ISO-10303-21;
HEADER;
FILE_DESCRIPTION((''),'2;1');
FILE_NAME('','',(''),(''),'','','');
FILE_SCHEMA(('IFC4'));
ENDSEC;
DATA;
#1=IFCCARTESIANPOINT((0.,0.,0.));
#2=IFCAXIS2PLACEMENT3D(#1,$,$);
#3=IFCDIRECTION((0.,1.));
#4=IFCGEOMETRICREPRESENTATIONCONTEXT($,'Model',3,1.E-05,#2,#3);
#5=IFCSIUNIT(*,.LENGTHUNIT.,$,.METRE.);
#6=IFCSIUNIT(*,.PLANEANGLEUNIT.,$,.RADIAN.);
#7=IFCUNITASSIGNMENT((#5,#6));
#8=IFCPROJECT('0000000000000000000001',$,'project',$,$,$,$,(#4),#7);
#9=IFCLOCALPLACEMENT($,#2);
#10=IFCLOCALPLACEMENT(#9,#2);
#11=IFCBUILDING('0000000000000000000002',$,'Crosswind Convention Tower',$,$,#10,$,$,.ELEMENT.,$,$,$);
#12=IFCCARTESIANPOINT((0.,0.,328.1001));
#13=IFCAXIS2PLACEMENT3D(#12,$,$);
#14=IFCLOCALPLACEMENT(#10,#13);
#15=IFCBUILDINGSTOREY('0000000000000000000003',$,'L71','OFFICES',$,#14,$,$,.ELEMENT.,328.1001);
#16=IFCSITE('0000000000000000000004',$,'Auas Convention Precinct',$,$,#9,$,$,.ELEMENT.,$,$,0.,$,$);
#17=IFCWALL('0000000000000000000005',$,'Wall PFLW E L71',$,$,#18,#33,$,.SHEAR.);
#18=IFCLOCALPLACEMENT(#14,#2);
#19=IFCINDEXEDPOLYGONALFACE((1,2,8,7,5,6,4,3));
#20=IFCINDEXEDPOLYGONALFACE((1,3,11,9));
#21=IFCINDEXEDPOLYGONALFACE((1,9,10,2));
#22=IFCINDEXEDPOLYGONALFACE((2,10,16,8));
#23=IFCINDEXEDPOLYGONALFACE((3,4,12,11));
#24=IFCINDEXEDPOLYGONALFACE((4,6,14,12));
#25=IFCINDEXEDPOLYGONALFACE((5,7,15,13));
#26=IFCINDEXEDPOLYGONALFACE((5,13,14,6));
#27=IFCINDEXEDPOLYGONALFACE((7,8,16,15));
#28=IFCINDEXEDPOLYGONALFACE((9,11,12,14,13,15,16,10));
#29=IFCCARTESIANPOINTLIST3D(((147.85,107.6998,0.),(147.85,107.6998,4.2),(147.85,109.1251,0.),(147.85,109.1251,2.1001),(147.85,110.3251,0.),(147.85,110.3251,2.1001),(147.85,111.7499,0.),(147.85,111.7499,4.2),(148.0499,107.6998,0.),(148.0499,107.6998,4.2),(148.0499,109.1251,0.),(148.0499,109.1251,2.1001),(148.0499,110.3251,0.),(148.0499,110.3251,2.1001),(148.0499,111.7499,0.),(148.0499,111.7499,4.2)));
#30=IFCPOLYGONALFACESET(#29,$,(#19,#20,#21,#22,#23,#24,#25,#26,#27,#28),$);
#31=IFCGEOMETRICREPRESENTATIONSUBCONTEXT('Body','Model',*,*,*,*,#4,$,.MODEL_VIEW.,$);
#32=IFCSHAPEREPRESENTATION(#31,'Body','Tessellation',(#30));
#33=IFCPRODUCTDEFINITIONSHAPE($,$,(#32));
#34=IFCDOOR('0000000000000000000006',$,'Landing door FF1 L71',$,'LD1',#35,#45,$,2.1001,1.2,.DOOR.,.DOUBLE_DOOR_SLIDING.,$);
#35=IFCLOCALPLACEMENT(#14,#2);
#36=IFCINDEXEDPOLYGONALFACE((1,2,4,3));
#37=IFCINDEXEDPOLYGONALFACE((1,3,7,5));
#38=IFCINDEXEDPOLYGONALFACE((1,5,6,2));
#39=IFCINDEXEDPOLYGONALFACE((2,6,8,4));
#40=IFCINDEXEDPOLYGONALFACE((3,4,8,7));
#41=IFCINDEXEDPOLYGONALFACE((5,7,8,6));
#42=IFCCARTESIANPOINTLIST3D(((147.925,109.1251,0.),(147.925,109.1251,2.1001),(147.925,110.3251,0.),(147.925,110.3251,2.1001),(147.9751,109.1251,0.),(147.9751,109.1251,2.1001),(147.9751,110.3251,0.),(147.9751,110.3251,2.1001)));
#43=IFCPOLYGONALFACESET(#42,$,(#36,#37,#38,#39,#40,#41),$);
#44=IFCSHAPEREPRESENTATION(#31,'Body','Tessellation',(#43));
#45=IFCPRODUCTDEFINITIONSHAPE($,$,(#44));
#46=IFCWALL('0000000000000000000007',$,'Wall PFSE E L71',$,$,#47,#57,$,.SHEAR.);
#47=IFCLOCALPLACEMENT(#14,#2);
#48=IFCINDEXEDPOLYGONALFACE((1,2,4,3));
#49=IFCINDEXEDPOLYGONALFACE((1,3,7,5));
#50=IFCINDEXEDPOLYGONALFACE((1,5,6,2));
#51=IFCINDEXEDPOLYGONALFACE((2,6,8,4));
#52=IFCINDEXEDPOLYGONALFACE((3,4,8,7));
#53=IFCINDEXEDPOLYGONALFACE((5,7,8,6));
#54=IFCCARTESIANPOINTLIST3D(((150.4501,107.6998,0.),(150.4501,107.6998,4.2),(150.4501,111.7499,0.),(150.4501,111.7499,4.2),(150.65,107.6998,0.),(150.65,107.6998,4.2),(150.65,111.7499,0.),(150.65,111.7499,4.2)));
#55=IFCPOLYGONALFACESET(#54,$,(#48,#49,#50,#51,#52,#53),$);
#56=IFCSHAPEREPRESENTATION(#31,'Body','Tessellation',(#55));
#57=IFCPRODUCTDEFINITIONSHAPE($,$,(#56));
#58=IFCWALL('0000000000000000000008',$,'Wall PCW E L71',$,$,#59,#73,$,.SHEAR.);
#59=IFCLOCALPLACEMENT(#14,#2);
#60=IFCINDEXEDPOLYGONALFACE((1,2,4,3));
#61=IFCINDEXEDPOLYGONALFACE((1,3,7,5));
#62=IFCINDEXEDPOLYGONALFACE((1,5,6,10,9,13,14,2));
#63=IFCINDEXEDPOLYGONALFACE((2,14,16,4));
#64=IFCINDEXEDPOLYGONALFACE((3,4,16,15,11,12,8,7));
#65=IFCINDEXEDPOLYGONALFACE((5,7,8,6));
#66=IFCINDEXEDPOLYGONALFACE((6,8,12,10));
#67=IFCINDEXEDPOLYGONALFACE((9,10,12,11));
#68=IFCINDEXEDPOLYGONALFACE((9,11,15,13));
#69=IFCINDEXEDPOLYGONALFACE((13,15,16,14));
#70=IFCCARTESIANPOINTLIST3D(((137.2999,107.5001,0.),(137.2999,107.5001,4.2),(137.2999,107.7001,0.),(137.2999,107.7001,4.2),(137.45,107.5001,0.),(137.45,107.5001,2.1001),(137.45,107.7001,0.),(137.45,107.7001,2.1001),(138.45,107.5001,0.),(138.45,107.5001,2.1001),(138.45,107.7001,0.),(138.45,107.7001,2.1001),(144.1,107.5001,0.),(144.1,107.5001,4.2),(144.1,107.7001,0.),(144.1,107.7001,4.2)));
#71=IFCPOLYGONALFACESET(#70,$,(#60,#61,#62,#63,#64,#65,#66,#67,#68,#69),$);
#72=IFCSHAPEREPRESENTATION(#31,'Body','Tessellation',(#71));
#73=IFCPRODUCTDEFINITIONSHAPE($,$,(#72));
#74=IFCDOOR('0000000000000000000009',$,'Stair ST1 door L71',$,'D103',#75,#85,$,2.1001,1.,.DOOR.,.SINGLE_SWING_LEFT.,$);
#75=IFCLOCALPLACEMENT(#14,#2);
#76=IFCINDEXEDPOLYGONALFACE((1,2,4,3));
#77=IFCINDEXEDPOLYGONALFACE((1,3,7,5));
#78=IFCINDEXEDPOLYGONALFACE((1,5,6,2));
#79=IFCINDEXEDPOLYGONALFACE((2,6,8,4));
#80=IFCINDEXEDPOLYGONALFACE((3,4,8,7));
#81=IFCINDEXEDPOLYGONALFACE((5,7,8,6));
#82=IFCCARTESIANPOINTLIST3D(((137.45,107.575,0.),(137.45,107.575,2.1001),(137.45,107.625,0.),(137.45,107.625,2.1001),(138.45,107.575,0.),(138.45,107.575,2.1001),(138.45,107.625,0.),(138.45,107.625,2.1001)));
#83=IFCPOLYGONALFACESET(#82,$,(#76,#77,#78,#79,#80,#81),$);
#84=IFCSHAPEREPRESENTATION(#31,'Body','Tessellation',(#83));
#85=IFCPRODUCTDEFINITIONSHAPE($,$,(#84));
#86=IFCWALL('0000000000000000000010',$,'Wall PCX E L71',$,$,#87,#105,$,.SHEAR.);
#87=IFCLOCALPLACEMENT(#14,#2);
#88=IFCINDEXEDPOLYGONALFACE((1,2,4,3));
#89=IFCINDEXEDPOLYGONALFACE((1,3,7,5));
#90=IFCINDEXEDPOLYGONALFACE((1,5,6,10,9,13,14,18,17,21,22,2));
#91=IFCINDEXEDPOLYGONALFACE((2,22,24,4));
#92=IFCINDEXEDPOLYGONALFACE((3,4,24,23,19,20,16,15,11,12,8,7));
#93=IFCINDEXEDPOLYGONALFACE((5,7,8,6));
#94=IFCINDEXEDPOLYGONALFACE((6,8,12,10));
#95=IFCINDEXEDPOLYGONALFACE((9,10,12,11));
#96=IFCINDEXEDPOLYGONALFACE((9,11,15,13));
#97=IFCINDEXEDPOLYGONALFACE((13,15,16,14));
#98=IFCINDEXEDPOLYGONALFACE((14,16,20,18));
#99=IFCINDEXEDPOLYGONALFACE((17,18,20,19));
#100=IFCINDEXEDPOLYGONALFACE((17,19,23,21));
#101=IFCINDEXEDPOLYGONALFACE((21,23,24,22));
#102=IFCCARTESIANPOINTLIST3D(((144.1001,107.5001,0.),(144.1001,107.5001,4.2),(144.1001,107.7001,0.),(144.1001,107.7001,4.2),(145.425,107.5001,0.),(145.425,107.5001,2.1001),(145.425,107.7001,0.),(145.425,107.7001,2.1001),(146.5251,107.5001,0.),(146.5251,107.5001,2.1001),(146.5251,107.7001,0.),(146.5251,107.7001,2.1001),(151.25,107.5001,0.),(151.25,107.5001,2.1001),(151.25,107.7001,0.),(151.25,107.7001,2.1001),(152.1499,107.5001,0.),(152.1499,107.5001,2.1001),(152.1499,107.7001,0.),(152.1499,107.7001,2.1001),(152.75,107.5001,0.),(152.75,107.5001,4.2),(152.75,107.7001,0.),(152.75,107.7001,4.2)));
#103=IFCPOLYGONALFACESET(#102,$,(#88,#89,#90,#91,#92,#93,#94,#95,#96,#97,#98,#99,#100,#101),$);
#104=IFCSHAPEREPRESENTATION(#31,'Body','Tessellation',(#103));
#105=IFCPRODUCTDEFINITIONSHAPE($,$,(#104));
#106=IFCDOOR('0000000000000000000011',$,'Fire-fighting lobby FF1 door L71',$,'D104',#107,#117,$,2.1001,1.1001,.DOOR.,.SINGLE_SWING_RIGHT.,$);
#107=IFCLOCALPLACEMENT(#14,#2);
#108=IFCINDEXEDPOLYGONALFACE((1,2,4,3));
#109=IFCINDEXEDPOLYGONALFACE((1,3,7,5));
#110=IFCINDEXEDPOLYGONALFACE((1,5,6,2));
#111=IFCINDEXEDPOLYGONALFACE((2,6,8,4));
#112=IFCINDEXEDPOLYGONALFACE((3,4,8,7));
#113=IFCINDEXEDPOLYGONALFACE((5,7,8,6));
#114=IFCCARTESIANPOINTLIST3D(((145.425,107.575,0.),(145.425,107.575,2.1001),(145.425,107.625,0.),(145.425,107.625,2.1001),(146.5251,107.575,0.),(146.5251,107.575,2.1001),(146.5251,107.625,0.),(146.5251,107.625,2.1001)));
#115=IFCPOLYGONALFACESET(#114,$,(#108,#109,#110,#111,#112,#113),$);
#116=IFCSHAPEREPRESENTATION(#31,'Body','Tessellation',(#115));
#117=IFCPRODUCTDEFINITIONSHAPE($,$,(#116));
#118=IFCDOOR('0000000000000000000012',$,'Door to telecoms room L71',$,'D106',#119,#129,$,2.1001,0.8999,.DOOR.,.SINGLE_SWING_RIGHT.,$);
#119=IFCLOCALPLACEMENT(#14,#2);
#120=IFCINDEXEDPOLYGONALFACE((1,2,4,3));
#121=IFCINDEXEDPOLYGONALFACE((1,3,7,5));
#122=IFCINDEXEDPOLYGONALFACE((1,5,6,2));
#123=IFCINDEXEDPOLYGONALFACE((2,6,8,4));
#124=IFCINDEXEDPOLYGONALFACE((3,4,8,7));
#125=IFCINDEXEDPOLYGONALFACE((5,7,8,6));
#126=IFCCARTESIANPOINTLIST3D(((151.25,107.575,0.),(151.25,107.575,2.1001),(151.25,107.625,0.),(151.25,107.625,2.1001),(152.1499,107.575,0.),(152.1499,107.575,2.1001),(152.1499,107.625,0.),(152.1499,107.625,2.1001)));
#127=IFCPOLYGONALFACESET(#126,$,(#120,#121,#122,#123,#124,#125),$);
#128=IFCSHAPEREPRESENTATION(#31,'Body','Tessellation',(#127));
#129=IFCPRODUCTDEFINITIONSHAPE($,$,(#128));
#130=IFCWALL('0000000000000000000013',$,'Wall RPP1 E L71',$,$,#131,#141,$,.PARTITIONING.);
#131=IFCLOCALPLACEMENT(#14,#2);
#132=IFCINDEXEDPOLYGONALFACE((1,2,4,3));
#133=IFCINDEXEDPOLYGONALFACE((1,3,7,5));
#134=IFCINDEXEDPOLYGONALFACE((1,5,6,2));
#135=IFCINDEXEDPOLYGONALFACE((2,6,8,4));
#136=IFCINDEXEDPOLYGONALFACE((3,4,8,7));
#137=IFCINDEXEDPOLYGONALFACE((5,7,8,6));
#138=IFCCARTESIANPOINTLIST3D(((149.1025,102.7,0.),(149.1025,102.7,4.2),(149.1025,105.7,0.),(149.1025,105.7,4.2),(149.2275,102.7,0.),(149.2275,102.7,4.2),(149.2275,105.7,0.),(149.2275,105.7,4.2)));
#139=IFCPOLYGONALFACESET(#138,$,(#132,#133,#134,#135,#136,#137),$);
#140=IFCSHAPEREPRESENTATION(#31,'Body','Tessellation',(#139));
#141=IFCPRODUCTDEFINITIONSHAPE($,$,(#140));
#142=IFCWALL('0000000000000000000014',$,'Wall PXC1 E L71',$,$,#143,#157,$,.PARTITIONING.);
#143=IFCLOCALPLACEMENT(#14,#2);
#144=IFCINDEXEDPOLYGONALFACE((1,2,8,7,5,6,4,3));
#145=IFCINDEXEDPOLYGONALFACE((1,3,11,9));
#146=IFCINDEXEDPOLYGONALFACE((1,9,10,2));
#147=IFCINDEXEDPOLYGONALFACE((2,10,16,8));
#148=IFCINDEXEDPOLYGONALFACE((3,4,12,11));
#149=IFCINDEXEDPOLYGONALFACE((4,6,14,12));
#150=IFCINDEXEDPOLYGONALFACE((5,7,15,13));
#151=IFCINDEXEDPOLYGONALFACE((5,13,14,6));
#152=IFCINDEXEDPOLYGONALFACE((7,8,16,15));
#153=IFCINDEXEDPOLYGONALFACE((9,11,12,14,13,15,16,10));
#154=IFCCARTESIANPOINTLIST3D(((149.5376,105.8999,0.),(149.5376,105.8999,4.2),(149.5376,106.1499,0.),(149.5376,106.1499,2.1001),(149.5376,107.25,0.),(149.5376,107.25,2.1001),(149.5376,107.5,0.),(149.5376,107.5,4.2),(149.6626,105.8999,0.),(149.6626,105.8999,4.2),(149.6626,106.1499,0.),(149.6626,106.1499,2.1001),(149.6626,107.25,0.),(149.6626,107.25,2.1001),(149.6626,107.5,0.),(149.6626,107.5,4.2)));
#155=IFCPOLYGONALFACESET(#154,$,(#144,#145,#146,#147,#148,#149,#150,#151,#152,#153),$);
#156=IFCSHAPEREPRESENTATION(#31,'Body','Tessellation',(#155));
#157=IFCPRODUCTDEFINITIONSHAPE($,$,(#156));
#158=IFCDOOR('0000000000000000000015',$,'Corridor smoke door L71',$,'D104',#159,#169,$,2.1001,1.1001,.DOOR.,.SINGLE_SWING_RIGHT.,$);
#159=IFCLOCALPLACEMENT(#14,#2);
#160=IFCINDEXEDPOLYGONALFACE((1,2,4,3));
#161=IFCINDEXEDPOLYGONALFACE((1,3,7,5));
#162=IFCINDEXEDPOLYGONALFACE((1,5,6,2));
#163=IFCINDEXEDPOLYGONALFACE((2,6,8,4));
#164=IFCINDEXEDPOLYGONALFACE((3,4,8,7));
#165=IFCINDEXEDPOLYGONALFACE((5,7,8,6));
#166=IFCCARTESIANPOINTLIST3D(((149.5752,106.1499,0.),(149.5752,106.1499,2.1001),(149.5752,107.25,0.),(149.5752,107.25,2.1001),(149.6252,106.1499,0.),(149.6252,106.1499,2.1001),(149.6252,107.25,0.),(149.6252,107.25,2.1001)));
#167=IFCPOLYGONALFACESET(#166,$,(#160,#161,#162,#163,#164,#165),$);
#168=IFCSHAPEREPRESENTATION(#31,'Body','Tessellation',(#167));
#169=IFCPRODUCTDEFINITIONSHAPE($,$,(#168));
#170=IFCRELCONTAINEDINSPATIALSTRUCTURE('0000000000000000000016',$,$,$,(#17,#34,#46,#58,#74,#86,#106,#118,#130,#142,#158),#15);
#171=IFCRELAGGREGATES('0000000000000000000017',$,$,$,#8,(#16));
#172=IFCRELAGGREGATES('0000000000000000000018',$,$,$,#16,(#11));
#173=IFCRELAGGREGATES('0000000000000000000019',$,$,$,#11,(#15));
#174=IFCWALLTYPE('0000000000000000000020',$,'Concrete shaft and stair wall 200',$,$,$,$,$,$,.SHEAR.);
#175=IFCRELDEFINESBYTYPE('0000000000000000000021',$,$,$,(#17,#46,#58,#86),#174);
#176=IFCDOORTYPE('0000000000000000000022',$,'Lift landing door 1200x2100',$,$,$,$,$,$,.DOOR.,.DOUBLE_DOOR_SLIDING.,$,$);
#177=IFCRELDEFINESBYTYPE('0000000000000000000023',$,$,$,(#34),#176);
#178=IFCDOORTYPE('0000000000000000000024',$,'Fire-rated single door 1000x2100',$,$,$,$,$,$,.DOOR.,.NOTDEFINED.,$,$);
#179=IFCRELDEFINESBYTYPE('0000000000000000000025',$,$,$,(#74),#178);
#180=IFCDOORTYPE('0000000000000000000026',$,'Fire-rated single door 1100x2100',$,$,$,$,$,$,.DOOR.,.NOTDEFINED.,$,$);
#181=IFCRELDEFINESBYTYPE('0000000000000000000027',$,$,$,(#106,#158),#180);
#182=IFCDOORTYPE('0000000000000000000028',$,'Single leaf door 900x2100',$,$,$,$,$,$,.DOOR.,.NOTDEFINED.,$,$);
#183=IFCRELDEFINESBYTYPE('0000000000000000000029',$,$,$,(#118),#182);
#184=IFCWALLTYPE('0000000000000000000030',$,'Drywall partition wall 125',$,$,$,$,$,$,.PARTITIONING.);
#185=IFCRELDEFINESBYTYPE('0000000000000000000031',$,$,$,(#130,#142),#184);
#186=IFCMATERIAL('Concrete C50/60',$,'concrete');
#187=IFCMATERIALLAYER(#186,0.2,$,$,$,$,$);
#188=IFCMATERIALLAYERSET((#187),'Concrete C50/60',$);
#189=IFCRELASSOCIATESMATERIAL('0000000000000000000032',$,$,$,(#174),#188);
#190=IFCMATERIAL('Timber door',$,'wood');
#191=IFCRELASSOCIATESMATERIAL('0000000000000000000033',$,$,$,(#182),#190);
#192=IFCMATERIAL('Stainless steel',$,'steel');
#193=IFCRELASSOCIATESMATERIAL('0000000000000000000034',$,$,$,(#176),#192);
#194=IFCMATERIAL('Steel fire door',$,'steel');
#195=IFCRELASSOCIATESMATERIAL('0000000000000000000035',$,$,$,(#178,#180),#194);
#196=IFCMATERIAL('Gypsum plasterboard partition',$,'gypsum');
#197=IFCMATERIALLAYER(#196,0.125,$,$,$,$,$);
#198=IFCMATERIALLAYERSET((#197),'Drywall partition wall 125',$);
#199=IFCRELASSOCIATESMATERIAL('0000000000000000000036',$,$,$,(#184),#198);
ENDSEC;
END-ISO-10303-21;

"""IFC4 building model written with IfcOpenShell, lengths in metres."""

from ifc_helpers import new_model, si_unit, direction, frame, frame_2d, origin, place, context, subcontext, project, spatial, rectangle, extrude, material, layer, layer_set, type_object, element, fill, save


model = new_model("IFC4")

# Units and contexts
model_context = context("Model", 3, precision=1e-05, world=origin(), true_north=direction((0.0, 1.0)))
body_context = subcontext(model_context, "Body", "Model", "MODEL_VIEW")
ifc_project = project(units=[si_unit("LENGTHUNIT", "METRE"), si_unit("PLANEANGLEUNIT", "RADIAN")], contexts=[model_context])

# Site, building, storey
site_placement = place(None, origin())
site = spatial("IfcSite", under=ifc_project, at=site_placement, Name="Auas Convention Precinct", CompositionType="ELEMENT", RefElevation=0.0)
building_placement = place(site_placement, origin())
building = spatial("IfcBuilding", under=site, at=building_placement, Name="Crosswind Convention Tower", CompositionType="ELEMENT")
storey_placement = place(building_placement, frame((0.0, 0.0, 328.1001)))
storey = spatial("IfcBuildingStorey", under=building, at=storey_placement, Name="L71", Description="OFFICES", CompositionType="ELEMENT", Elevation=328.1001)

# Shared definitions
ifc_material_1 = material(Name="Concrete C50/60", Category="concrete")
ifc_layer_1 = layer(ifc_material_1, 0.2)
ifc_layer_set_1 = layer_set([ifc_layer_1], Name="Concrete C50/60")
wall_type_1 = type_object("IfcWallType", Name="Concrete shaft and stair wall 200", PredefinedType="SHEAR", material=ifc_layer_set_1)

# Shared definitions
ifc_material_2 = material(Name="Timber door", Category="wood")
door_type_1 = type_object("IfcDoorType", Name="Single leaf door 900x2100", OperationType="NOTDEFINED", PredefinedType="DOOR", material=ifc_material_2)

# Wall, opening, door
wall_1_placement = place(storey_placement, frame((147.95, 107.7, 0.0), z_axis=(0.0, 0.0, 1.0), x_axis=(0.0, 1.0, 0.0)))
wall_1 = element("IfcWall", 1, at=wall_1_placement, inside=storey, type_object=wall_type_1, Name="Wall PFLW E L71", PredefinedType="SHEAR", context=body_context, shape_type="SweptSolid", body=[
    extrude(rectangle(XDim=4.05, YDim=0.2, at=frame_2d((2.0249, 0.0))), origin(), (0.0, 0.0, 1.0), 4.2),
])
opening_1_placement = place(wall_1_placement, frame((1.425, 0.0, 0.0)))
opening_1 = element("IfcOpeningElement", 2, at=opening_1_placement, cuts=wall_1, PredefinedType="OPENING", context=body_context, shape_type="SweptSolid", body=[
    extrude(rectangle(XDim=1.2, YDim=2.1001, at=frame_2d((0.6001, 1.05))), frame((0.0, 0.1099, 0.0), z_axis=(0.0, -1.0, 0.0), x_axis=(1.0, 0.0, 0.0)), (0.0, 0.0, 1.0), 0.22),
])
ifc_material_3 = material(Name="Stainless steel", Category="steel")
door_type_2 = type_object("IfcDoorType", Name="Lift landing door 1200x2100", OperationType="DOUBLE_DOOR_SLIDING", PredefinedType="DOOR", material=ifc_material_3)
door_1_placement = place(opening_1_placement, origin())
door_1 = element("IfcDoor", 3, at=door_1_placement, inside=storey, type_object=door_type_2, Name="Landing door FF1 L71", ObjectType="LD1", OperationType="DOUBLE_DOOR_SLIDING", OverallHeight=2.1001, OverallWidth=1.2, PredefinedType="DOOR", context=body_context, shape_type="SweptSolid", body=[
    extrude(rectangle(XDim=1.2, YDim=2.1001, at=frame_2d((0.6001, 1.05))), frame((0.0, 0.0249, 0.0), z_axis=(0.0, -1.0, 0.0), x_axis=(1.0, 0.0, 0.0)), (0.0, 0.0, 1.0), 0.05),
])
fill(opening_1, door_1)

# Wall
wall_2_placement = place(storey_placement, frame((150.55, 107.7, 0.0), z_axis=(0.0, 0.0, 1.0), x_axis=(0.0, 1.0, 0.0)))
element("IfcWall", 4, at=wall_2_placement, inside=storey, type_object=wall_type_1, Name="Wall PFSE E L71", PredefinedType="SHEAR", context=body_context, shape_type="SweptSolid", body=[
    extrude(rectangle(XDim=4.05, YDim=0.2, at=frame_2d((2.0249, 0.0))), origin(), (0.0, 0.0, 1.0), 4.2),
])

# Wall, opening, door
wall_3_placement = place(storey_placement, frame((137.3, 107.6001, 0.0), z_axis=(0.0, 0.0, 1.0), x_axis=(1.0, 0.0, 0.0)))
wall_3 = element("IfcWall", 5, at=wall_3_placement, inside=storey, type_object=wall_type_1, Name="Wall PCW E L71", PredefinedType="SHEAR", context=body_context, shape_type="SweptSolid", body=[
    extrude(rectangle(XDim=6.8, YDim=0.2, at=frame_2d((3.3999, 0.0))), origin(), (0.0, 0.0, 1.0), 4.2),
])
opening_2_placement = place(wall_3_placement, frame((0.1499, 0.0, 0.0)))
opening_2 = element("IfcOpeningElement", 6, at=opening_2_placement, cuts=wall_3, PredefinedType="OPENING", context=body_context, shape_type="SweptSolid", body=[
    extrude(rectangle(XDim=1.0, YDim=2.1001, at=frame_2d((0.5, 1.05))), frame((0.0, 0.1099, 0.0), z_axis=(0.0, -1.0, 0.0), x_axis=(1.0, 0.0, 0.0)), (0.0, 0.0, 1.0), 0.22),
])
ifc_material_4 = material(Name="Steel fire door", Category="steel")
door_type_3 = type_object("IfcDoorType", Name="Fire-rated single door 1000x2100", OperationType="NOTDEFINED", PredefinedType="DOOR", material=ifc_material_4)
door_2_placement = place(opening_2_placement, origin())
door_2 = element("IfcDoor", 7, at=door_2_placement, inside=storey, type_object=door_type_3, Name="Stair ST1 door L71", ObjectType="D103", OperationType="SINGLE_SWING_LEFT", OverallHeight=2.1001, OverallWidth=1.0, PredefinedType="DOOR", context=body_context, shape_type="SweptSolid", body=[
    extrude(rectangle(XDim=1.0, YDim=2.1001, at=frame_2d((0.5, 1.05))), frame((0.0, 0.0249, 0.0), z_axis=(0.0, -1.0, 0.0), x_axis=(1.0, 0.0, 0.0)), (0.0, 0.0, 1.0), 0.05),
])
fill(opening_2, door_2)

# Wall, openings, doors
wall_4_placement = place(storey_placement, frame((144.1001, 107.6001, 0.0), z_axis=(0.0, 0.0, 1.0), x_axis=(1.0, 0.0, 0.0)))
wall_4 = element("IfcWall", 8, at=wall_4_placement, inside=storey, type_object=wall_type_1, Name="Wall PCX E L71", PredefinedType="SHEAR", context=body_context, shape_type="SweptSolid", body=[
    extrude(rectangle(XDim=8.6499, YDim=0.2, at=frame_2d((4.325, 0.0))), origin(), (0.0, 0.0, 1.0), 4.2),
])
opening_3_placement = place(wall_4_placement, frame((1.325, 0.0, 0.0)))
opening_3 = element("IfcOpeningElement", 9, at=opening_3_placement, cuts=wall_4, PredefinedType="OPENING", context=body_context, shape_type="SweptSolid", body=[
    extrude(rectangle(XDim=1.1001, YDim=2.1001, at=frame_2d((0.55, 1.05))), frame((0.0, 0.1099, 0.0), z_axis=(0.0, -1.0, 0.0), x_axis=(1.0, 0.0, 0.0)), (0.0, 0.0, 1.0), 0.22),
])
opening_4_placement = place(wall_4_placement, frame((7.1499, 0.0, 0.0)))
opening_4 = element("IfcOpeningElement", 10, at=opening_4_placement, cuts=wall_4, PredefinedType="OPENING", context=body_context, shape_type="SweptSolid", body=[
    extrude(rectangle(XDim=0.8999, YDim=2.1001, at=frame_2d((0.45, 1.05))), frame((0.0, 0.1099, 0.0), z_axis=(0.0, -1.0, 0.0), x_axis=(1.0, 0.0, 0.0)), (0.0, 0.0, 1.0), 0.22),
])
door_type_4 = type_object("IfcDoorType", Name="Fire-rated single door 1100x2100", OperationType="NOTDEFINED", PredefinedType="DOOR", material=ifc_material_4)
door_3_placement = place(opening_3_placement, origin())
door_3 = element("IfcDoor", 11, at=door_3_placement, inside=storey, type_object=door_type_4, Name="Fire-fighting lobby FF1 door L71", ObjectType="D104", OperationType="SINGLE_SWING_RIGHT", OverallHeight=2.1001, OverallWidth=1.1001, PredefinedType="DOOR", context=body_context, shape_type="SweptSolid", body=[
    extrude(rectangle(XDim=1.1001, YDim=2.1001, at=frame_2d((0.55, 1.05))), frame((0.0, 0.0249, 0.0), z_axis=(0.0, -1.0, 0.0), x_axis=(1.0, 0.0, 0.0)), (0.0, 0.0, 1.0), 0.05),
])
fill(opening_3, door_3)
door_4_placement = place(opening_4_placement, origin())
door_4 = element("IfcDoor", 12, at=door_4_placement, inside=storey, type_object=door_type_1, Name="Door to telecoms room L71", ObjectType="D106", OperationType="SINGLE_SWING_RIGHT", OverallHeight=2.1001, OverallWidth=0.8999, PredefinedType="DOOR", context=body_context, shape_type="SweptSolid", body=[
    extrude(rectangle(XDim=0.8999, YDim=2.1001, at=frame_2d((0.45, 1.05))), frame((0.0, 0.0249, 0.0), z_axis=(0.0, -1.0, 0.0), x_axis=(1.0, 0.0, 0.0)), (0.0, 0.0, 1.0), 0.05),
])
fill(opening_4, door_4)

# Wall
ifc_material_5 = material(Name="Gypsum plasterboard partition", Category="gypsum")
ifc_layer_2 = layer(ifc_material_5, 0.125)
ifc_layer_set_2 = layer_set([ifc_layer_2], Name="Drywall partition wall 125")
wall_type_2 = type_object("IfcWallType", Name="Drywall partition wall 125", PredefinedType="PARTITIONING", material=ifc_layer_set_2)
wall_5_placement = place(storey_placement, frame((149.165, 102.7, 0.0), z_axis=(0.0, 0.0, 1.0), x_axis=(0.0, 1.0, 0.0)))
element("IfcWall", 13, at=wall_5_placement, inside=storey, type_object=wall_type_2, Name="Wall RPP1 E L71", PredefinedType="PARTITIONING", context=body_context, shape_type="SweptSolid", body=[
    extrude(rectangle(XDim=3.0, YDim=0.125, at=frame_2d((1.5, 0.0))), origin(), (0.0, 0.0, 1.0), 4.2),
])

# Wall, opening, door
wall_6_placement = place(storey_placement, frame((149.6001, 105.8999, 0.0), z_axis=(0.0, 0.0, 1.0), x_axis=(0.0, 1.0, 0.0)))
wall_6 = element("IfcWall", 14, at=wall_6_placement, inside=storey, type_object=wall_type_2, Name="Wall PXC1 E L71", PredefinedType="PARTITIONING", context=body_context, shape_type="SweptSolid", body=[
    extrude(rectangle(XDim=1.6001, YDim=0.125, at=frame_2d((0.8, 0.0))), origin(), (0.0, 0.0, 1.0), 4.2),
])
opening_5_placement = place(wall_6_placement, frame((0.25, 0.0, 0.0)))
opening_5 = element("IfcOpeningElement", 15, at=opening_5_placement, cuts=wall_6, PredefinedType="OPENING", context=body_context, shape_type="SweptSolid", body=[
    extrude(rectangle(XDim=1.1001, YDim=2.1001, at=frame_2d((0.55, 1.05))), frame((0.0, 0.0725, 0.0), z_axis=(0.0, -1.0, 0.0), x_axis=(1.0, 0.0, 0.0)), (0.0, 0.0, 1.0), 0.145),
])
door_5_placement = place(opening_5_placement, origin())
door_5 = element("IfcDoor", 16, at=door_5_placement, inside=storey, type_object=door_type_4, Name="Corridor smoke door L71", ObjectType="D104", OperationType="SINGLE_SWING_RIGHT", OverallHeight=2.1001, OverallWidth=1.1001, PredefinedType="DOOR", context=body_context, shape_type="SweptSolid", body=[
    extrude(rectangle(XDim=1.1001, YDim=2.1001, at=frame_2d((0.55, 1.05))), frame((0.0, 0.0249, 0.0), z_axis=(0.0, -1.0, 0.0), x_axis=(1.0, 0.0, 0.0)), (0.0, 0.0, 1.0), 0.05),
])
fill(opening_5, door_5)

save(model, "model.ifc")
